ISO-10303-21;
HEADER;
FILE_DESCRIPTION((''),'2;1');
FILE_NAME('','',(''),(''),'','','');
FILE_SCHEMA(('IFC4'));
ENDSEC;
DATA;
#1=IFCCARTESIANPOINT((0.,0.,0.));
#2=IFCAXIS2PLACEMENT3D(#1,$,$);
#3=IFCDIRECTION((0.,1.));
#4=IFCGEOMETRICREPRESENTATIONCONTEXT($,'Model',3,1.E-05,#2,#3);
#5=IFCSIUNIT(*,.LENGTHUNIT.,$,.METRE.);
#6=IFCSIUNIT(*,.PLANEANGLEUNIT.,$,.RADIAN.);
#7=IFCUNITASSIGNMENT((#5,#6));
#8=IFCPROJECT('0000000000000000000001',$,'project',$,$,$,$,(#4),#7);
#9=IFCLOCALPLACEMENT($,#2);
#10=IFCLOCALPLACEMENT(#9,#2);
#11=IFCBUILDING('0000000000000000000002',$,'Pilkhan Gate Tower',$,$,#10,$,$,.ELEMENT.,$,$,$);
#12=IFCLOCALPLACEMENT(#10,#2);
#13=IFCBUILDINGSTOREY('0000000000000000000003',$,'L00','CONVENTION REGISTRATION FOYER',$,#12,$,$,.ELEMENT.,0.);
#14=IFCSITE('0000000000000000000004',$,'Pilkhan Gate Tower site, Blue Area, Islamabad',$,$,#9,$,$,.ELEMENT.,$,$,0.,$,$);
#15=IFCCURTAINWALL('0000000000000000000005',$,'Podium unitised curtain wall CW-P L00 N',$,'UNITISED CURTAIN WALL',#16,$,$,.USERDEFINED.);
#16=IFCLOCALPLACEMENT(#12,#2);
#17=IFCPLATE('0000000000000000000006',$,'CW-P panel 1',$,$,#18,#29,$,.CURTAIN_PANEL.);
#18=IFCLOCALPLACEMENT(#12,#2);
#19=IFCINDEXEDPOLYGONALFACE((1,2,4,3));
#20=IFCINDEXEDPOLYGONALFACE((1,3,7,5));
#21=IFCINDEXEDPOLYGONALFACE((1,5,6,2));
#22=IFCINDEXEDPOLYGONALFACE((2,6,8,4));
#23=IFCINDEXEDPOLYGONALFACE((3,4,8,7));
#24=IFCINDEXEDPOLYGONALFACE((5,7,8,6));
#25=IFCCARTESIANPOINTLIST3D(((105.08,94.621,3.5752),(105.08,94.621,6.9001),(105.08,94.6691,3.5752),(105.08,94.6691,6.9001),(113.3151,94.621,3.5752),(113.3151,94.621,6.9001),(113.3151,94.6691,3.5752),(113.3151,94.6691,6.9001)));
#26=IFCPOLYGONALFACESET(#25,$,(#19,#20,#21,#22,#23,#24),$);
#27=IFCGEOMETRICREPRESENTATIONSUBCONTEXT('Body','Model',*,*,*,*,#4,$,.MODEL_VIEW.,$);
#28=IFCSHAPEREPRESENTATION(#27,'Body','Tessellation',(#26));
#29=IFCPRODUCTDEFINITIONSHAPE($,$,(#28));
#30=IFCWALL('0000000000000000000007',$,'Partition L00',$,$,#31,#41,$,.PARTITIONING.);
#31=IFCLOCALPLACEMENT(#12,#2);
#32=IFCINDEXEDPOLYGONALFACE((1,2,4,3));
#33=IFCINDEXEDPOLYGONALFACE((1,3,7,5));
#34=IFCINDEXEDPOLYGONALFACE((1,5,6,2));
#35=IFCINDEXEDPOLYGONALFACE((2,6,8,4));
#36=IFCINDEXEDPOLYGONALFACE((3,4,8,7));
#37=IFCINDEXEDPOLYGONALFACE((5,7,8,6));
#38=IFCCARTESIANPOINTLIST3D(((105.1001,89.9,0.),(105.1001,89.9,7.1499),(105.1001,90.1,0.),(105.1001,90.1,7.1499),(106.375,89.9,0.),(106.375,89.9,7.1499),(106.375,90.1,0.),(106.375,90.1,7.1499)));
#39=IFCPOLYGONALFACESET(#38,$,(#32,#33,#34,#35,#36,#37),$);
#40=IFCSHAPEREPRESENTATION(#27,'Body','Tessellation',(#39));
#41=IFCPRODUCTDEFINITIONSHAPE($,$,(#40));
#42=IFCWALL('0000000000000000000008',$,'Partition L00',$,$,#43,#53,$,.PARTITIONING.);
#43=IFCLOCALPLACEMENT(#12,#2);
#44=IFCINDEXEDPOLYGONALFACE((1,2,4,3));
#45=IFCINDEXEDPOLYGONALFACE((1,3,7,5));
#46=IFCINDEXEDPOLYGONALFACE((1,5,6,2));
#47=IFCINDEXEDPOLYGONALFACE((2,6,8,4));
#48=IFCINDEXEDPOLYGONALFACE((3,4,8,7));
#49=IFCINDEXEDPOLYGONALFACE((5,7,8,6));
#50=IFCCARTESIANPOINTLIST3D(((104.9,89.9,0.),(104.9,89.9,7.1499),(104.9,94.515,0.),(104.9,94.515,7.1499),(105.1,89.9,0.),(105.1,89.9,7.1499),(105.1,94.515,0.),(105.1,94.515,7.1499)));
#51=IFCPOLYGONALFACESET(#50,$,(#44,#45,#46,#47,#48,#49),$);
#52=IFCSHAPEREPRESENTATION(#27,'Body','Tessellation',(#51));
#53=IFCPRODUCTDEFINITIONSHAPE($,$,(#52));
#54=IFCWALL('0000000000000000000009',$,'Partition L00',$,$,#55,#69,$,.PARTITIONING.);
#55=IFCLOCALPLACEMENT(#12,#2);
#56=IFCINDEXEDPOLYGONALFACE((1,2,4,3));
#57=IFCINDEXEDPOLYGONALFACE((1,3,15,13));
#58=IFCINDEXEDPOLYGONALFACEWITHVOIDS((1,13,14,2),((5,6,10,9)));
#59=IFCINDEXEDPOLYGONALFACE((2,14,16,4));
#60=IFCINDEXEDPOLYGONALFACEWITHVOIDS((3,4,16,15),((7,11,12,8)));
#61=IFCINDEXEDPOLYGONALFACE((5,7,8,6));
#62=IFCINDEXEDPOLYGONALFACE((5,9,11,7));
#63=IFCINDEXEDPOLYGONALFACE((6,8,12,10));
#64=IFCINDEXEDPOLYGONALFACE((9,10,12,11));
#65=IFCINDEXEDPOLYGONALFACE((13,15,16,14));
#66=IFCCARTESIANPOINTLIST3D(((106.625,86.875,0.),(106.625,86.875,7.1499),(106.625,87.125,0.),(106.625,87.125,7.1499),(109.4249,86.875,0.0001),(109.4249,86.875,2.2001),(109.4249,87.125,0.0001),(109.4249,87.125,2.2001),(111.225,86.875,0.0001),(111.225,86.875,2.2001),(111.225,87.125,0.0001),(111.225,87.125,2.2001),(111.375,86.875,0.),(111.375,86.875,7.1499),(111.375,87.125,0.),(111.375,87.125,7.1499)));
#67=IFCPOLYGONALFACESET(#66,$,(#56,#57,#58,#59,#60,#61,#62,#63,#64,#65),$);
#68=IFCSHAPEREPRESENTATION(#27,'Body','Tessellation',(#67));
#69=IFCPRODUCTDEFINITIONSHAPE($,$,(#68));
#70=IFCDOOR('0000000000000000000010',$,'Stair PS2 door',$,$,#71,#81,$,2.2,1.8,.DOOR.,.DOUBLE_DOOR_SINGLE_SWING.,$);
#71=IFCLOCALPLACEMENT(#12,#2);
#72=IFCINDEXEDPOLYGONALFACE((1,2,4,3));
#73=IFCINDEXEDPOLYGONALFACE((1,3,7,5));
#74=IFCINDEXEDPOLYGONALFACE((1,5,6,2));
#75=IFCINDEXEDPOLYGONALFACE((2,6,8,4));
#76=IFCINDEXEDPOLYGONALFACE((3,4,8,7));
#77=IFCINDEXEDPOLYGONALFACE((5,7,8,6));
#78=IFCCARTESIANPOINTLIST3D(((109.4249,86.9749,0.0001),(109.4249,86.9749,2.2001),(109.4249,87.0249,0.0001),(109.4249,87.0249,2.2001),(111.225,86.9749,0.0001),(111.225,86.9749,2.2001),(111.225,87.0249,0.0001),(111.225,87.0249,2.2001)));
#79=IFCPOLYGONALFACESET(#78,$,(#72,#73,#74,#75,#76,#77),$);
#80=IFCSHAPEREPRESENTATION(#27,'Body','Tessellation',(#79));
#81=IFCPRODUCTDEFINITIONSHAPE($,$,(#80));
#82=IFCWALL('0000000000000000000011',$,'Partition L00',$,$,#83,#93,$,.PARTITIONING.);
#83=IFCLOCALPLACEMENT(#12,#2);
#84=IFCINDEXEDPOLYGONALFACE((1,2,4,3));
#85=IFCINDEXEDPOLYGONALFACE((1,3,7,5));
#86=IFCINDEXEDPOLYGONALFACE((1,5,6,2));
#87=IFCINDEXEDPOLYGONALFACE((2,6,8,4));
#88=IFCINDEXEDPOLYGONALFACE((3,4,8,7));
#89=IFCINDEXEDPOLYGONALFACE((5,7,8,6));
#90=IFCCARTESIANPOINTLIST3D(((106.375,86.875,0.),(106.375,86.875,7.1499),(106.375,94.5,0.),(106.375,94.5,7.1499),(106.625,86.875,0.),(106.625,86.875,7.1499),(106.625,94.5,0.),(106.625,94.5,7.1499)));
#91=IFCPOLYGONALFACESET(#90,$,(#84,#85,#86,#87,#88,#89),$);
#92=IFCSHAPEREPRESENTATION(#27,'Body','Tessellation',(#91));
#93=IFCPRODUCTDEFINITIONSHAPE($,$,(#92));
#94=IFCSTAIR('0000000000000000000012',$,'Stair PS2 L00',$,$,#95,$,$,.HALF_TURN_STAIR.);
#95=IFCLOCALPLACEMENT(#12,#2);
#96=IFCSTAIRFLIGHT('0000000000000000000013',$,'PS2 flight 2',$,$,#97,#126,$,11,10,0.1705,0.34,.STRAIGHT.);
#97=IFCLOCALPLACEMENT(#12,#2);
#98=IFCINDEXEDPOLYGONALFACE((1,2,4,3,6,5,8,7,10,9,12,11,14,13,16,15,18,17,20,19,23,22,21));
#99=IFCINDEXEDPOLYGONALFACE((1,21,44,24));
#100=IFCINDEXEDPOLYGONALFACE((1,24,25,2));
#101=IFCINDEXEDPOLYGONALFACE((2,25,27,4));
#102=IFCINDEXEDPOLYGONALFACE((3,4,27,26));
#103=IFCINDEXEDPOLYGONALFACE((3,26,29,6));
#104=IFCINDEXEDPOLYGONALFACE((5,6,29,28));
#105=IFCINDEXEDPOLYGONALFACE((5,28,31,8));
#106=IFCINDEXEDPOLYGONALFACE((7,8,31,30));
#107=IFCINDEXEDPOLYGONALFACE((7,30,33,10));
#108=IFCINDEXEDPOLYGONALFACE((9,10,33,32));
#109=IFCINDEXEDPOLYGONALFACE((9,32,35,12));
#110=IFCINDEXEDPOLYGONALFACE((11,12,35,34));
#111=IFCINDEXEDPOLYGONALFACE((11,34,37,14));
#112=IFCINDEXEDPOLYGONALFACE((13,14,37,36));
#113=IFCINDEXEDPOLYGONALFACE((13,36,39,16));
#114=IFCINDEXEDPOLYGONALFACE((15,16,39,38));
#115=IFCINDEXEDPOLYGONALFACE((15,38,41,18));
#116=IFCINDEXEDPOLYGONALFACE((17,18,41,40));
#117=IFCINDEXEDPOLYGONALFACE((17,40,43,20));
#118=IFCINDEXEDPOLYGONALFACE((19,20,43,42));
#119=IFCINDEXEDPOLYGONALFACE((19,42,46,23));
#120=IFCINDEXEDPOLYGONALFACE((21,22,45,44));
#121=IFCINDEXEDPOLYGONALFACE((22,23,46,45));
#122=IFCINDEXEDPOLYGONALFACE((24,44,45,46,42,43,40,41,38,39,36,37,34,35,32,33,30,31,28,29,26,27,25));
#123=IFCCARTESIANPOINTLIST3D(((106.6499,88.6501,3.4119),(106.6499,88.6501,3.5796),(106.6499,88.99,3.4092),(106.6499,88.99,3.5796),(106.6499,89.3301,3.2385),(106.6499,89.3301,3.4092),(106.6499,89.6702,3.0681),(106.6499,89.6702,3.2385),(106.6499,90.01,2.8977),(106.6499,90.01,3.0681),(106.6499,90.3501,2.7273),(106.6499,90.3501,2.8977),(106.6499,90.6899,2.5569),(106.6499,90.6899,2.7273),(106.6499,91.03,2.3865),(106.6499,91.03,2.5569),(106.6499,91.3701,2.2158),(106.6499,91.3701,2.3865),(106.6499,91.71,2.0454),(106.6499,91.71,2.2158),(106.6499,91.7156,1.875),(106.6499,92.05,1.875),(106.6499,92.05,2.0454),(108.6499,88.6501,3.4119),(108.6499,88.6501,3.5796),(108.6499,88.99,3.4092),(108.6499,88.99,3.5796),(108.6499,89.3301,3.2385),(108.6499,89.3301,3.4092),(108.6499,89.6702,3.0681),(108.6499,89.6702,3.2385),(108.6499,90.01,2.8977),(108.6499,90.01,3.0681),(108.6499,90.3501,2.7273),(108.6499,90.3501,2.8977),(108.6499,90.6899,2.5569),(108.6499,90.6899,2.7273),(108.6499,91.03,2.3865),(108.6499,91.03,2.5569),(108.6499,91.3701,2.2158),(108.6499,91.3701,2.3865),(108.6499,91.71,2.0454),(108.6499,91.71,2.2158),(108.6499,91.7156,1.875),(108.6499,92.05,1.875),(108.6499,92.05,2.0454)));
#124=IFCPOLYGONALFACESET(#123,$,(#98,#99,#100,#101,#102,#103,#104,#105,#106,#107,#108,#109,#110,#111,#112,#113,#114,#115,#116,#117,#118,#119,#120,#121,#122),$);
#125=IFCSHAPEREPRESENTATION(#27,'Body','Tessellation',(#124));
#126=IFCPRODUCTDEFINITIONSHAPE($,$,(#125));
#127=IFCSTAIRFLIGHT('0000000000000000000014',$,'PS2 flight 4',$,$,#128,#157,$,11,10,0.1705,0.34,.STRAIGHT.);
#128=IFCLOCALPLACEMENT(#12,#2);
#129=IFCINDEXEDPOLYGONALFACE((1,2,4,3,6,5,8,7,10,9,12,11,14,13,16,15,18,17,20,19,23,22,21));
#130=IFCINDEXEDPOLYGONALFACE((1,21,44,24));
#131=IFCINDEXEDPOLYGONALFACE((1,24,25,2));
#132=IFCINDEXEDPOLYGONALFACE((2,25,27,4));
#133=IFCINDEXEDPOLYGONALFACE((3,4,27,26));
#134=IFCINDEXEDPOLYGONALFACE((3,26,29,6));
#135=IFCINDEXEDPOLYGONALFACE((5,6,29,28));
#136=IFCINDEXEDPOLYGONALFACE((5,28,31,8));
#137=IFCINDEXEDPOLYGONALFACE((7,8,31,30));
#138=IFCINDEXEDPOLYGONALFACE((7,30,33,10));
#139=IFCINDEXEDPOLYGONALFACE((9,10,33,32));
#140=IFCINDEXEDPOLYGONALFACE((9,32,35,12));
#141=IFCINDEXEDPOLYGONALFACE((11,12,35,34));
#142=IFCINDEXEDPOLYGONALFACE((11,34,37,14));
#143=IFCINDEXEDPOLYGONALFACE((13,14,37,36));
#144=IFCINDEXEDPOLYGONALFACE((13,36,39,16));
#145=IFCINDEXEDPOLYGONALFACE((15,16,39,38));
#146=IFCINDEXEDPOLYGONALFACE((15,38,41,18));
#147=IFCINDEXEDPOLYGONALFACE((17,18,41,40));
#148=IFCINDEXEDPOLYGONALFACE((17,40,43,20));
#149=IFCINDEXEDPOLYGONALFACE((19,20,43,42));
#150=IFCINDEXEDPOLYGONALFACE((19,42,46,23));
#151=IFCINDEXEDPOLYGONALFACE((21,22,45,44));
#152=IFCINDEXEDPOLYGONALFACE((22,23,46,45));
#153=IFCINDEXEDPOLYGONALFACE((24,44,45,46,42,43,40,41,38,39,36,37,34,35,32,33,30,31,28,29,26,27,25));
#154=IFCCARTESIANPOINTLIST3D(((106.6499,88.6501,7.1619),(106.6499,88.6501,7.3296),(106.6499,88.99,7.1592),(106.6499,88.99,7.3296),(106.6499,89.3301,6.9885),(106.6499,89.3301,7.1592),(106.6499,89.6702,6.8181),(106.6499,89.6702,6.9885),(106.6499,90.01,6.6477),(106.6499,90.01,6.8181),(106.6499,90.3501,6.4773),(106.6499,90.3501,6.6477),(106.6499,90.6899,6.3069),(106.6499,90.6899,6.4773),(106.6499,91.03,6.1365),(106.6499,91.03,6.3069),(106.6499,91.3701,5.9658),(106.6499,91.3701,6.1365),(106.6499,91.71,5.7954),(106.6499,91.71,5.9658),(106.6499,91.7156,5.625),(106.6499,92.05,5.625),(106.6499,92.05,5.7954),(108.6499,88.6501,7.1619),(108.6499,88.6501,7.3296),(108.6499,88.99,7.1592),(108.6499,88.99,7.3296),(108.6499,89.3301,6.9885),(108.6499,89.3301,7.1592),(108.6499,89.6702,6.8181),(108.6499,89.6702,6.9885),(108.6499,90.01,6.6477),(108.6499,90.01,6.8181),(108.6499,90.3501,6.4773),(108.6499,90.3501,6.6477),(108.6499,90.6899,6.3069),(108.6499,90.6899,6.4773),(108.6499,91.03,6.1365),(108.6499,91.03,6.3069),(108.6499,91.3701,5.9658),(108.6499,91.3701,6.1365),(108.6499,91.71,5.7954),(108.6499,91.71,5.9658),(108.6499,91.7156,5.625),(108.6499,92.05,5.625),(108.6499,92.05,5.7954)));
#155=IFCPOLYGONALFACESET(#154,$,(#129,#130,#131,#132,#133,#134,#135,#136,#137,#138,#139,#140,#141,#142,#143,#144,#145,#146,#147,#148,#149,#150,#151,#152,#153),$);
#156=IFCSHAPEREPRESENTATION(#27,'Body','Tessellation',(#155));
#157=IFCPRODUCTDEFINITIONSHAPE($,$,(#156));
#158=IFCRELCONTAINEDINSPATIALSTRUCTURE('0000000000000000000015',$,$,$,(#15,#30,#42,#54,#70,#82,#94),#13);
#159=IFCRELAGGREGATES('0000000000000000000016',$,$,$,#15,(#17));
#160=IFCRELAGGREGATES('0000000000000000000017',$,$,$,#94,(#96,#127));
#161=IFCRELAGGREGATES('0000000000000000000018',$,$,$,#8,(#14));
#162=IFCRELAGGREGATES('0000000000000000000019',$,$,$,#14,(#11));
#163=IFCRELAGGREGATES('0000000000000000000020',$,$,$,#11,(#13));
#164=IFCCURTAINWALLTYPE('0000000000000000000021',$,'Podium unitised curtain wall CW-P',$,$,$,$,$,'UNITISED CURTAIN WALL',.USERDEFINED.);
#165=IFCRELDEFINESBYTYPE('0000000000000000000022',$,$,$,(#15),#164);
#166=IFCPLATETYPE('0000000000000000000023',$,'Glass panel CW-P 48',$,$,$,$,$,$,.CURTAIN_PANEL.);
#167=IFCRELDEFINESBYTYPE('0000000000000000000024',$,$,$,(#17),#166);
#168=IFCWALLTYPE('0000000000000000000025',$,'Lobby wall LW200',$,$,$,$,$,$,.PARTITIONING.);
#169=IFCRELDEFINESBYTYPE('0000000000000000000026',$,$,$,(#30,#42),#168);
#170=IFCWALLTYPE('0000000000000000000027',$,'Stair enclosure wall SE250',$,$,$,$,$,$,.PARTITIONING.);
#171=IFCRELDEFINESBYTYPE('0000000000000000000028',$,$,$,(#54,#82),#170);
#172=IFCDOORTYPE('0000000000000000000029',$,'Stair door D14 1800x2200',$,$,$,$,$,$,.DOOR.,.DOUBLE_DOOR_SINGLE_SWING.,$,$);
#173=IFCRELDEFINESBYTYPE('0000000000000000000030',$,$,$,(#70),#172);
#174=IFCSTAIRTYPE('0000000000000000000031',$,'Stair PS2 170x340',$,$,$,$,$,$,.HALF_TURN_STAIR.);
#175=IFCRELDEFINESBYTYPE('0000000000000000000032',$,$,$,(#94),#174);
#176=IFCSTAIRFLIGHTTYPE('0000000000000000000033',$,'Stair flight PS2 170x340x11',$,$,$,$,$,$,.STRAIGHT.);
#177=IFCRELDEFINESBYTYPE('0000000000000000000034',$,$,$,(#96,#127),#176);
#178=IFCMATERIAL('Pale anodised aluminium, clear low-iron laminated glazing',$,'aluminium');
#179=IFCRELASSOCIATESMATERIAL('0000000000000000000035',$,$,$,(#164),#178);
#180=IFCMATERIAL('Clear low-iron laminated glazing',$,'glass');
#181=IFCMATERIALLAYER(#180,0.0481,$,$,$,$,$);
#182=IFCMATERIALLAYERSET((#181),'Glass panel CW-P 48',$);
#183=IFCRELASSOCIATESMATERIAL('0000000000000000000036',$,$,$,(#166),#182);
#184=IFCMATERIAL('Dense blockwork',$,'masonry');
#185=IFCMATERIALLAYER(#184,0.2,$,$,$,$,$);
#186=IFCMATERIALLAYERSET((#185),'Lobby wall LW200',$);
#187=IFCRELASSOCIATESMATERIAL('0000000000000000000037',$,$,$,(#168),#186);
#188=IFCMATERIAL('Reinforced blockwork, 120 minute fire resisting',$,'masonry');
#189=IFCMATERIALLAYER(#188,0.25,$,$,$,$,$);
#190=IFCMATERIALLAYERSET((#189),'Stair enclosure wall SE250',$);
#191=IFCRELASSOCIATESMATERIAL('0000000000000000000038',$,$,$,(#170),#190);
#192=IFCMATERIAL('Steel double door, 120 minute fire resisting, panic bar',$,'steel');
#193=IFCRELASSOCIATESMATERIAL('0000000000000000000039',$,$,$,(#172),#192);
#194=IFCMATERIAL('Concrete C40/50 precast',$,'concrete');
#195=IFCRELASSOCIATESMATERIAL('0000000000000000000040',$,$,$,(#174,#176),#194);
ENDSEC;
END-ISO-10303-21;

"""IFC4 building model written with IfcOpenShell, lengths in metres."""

from ifc_helpers import new_model, si_unit, direction, frame, frame_2d, origin, origin_2d, place, context, subcontext, project, spatial, polyline, rectangle, outline, extrude, material, layer, layer_set, type_object, element, fill, aggregate, save


model = new_model("IFC4")

# Units and contexts
model_context = context("Model", 3, precision=1e-05, world=origin(), true_north=direction((0.0, 1.0)))
body_context = subcontext(model_context, "Body", "Model", "MODEL_VIEW")
ifc_project = project(units=[si_unit("LENGTHUNIT", "METRE"), si_unit("PLANEANGLEUNIT", "RADIAN")], contexts=[model_context])

# Site, building, storey
site_placement = place(None, origin())
site = spatial("IfcSite", under=ifc_project, at=site_placement, Name="Pilkhan Gate Tower site, Blue Area, Islamabad", CompositionType="ELEMENT", RefElevation=0.0)
building_placement = place(site_placement, origin())
building = spatial("IfcBuilding", under=site, at=building_placement, Name="Pilkhan Gate Tower", CompositionType="ELEMENT")
storey_placement = place(building_placement, origin())
storey = spatial("IfcBuildingStorey", under=building, at=storey_placement, Name="L00", Description="CONVENTION REGISTRATION FOYER", CompositionType="ELEMENT", Elevation=0.0)

# Curtain wall
ifc_material_1 = material(Name="Pale anodised aluminium, clear low-iron laminated glazing", Category="aluminium")
curtain_wall_type = type_object("IfcCurtainWallType", Name="Podium unitised curtain wall CW-P", ElementType="UNITISED CURTAIN WALL", PredefinedType="USERDEFINED", material=ifc_material_1)
curtain_wall_1_placement = place(storey_placement, origin())
curtain_wall_1 = element("IfcCurtainWall", 1, at=curtain_wall_1_placement, inside=storey, type_object=curtain_wall_type, Name="Podium unitised curtain wall CW-P L00 N", ObjectType="UNITISED CURTAIN WALL", PredefinedType="USERDEFINED")

# Plate
ifc_material_2 = material(Name="Clear low-iron laminated glazing", Category="glass")
ifc_layer_1 = layer(ifc_material_2, 0.0481)
ifc_layer_set_1 = layer_set([ifc_layer_1], Name="Glass panel CW-P 48")
plate_type = type_object("IfcPlateType", Name="Glass panel CW-P 48", PredefinedType="CURTAIN_PANEL", material=ifc_layer_set_1)
plate_1_placement = place(storey_placement, frame((109.1975, 94.645, 3.5752), z_axis=(0.0, 0.0, 1.0), x_axis=(1.0, 0.0, 0.0)))
plate_1 = element("IfcPlate", 2, at=plate_1_placement, type_object=plate_type, Name="CW-P panel 1", PredefinedType="CURTAIN_PANEL", context=body_context, shape_type="SweptSolid", body=[
    extrude(rectangle(XDim=8.2351, YDim=0.0481, at=origin_2d()), origin(), (0.0, 0.0, 1.0), 3.325),
])
aggregate(curtain_wall_1, [plate_1])

# Walls
ifc_material_3 = material(Name="Dense blockwork", Category="masonry")
ifc_layer_2 = layer(ifc_material_3, 0.2)
ifc_layer_set_2 = layer_set([ifc_layer_2], Name="Lobby wall LW200")
wall_type_1 = type_object("IfcWallType", Name="Lobby wall LW200", PredefinedType="PARTITIONING", material=ifc_layer_set_2)
wall_1_placement = place(storey_placement, frame((105.1001, 90.0, 0.0), z_axis=(0.0, 0.0, 1.0), x_axis=(1.0, 0.0, 0.0)))
element("IfcWall", 3, at=wall_1_placement, inside=storey, type_object=wall_type_1, Name="Partition L00", PredefinedType="PARTITIONING", context=body_context, shape_type="SweptSolid", body=[
    extrude(rectangle(XDim=1.2749, YDim=0.2, at=frame_2d((0.6375, 0.0))), origin(), (0.0, 0.0, 1.0), 7.1499),
])
wall_2_placement = place(storey_placement, frame((105.0, 89.8999, 0.0), z_axis=(0.0, 0.0, 1.0), x_axis=(0.0, 1.0, 0.0)))
element("IfcWall", 4, at=wall_2_placement, inside=storey, type_object=wall_type_1, Name="Partition L00", PredefinedType="PARTITIONING", context=body_context, shape_type="SweptSolid", body=[
    extrude(rectangle(XDim=4.615, YDim=0.2, at=frame_2d((2.3076, 0.0))), origin(), (0.0, 0.0, 1.0), 7.1499),
])

# Wall, opening, door
ifc_material_4 = material(Name="Reinforced blockwork, 120 minute fire resisting", Category="masonry")
ifc_layer_3 = layer(ifc_material_4, 0.25)
ifc_layer_set_3 = layer_set([ifc_layer_3], Name="Stair enclosure wall SE250")
wall_type_2 = type_object("IfcWallType", Name="Stair enclosure wall SE250", PredefinedType="PARTITIONING", material=ifc_layer_set_3)
wall_3_placement = place(storey_placement, frame((106.625, 87.0, 0.0), z_axis=(0.0, 0.0, 1.0), x_axis=(1.0, 0.0, 0.0)))
wall_3 = element("IfcWall", 5, at=wall_3_placement, inside=storey, type_object=wall_type_2, Name="Partition L00", PredefinedType="PARTITIONING", context=body_context, shape_type="SweptSolid", body=[
    extrude(rectangle(XDim=4.75, YDim=0.25, at=frame_2d((2.375, 0.0))), origin(), (0.0, 0.0, 1.0), 7.1499),
])
opening_placement = place(wall_3_placement, frame((2.8, 0.0, 0.0)))
opening = element("IfcOpeningElement", 6, at=opening_placement, cuts=wall_3, PredefinedType="OPENING", context=body_context, shape_type="SweptSolid", body=[
    extrude(rectangle(XDim=1.8, YDim=2.2, at=frame_2d((0.8999, 1.1001))), frame((0.0, 0.135, 0.0), z_axis=(0.0, -1.0, 0.0), x_axis=(1.0, 0.0, 0.0)), (0.0, 0.0, 1.0), 0.27),
])
ifc_material_5 = material(Name="Steel double door, 120 minute fire resisting, panic bar", Category="steel")
door_type = type_object("IfcDoorType", Name="Stair door D14 1800x2200", OperationType="DOUBLE_DOOR_SINGLE_SWING", PredefinedType="DOOR", material=ifc_material_5)
door_placement = place(opening_placement, origin())
door = element("IfcDoor", 7, at=door_placement, inside=storey, type_object=door_type, Name="Stair PS2 door", OperationType="DOUBLE_DOOR_SINGLE_SWING", OverallHeight=2.2, OverallWidth=1.8, PredefinedType="DOOR", context=body_context, shape_type="SweptSolid", body=[
    extrude(rectangle(XDim=1.8, YDim=2.2, at=frame_2d((0.8999, 1.1001))), frame((0.0, 0.0249, 0.0), z_axis=(0.0, -1.0, 0.0), x_axis=(1.0, 0.0, 0.0)), (0.0, 0.0, 1.0), 0.05),
])
fill(opening, door)

# Wall
wall_4_placement = place(storey_placement, frame((106.5, 86.875, 0.0), z_axis=(0.0, 0.0, 1.0), x_axis=(0.0, 1.0, 0.0)))
element("IfcWall", 8, at=wall_4_placement, inside=storey, type_object=wall_type_2, Name="Partition L00", PredefinedType="PARTITIONING", context=body_context, shape_type="SweptSolid", body=[
    extrude(rectangle(XDim=7.625, YDim=0.25, at=frame_2d((3.8125, 0.0))), origin(), (0.0, 0.0, 1.0), 7.1499),
])

# Stair, stair flights
ifc_material_6 = material(Name="Concrete C40/50 precast", Category="concrete")
stair_type = type_object("IfcStairType", Name="Stair PS2 170x340", PredefinedType="HALF_TURN_STAIR", material=ifc_material_6)
stair_placement = place(storey_placement, origin())
stair = element("IfcStair", 9, at=stair_placement, inside=storey, type_object=stair_type, Name="Stair PS2 L00", PredefinedType="HALF_TURN_STAIR")
stair_flight_type = type_object("IfcStairFlightType", Name="Stair flight PS2 170x340x11", PredefinedType="STRAIGHT", material=ifc_material_6)
stair_flight_1_placement = place(storey_placement, frame((107.6499, 92.05, 1.875), z_axis=(0.0, 0.0, 1.0), x_axis=(0.0, -1.0, 0.0)))
stair_flight_1 = element("IfcStairFlight", 10, at=stair_flight_1_placement, type_object=stair_flight_type, Name="PS2 flight 2", NumberOfRisers=11, NumberOfTreads=10, PredefinedType="STRAIGHT", RiserHeight=0.1705, TreadLength=0.34, context=body_context, shape_type="SweptSolid", body=[
    extrude(outline(polyline([(0.0, 0.0), (0.0, 0.1704), (0.3401, 0.1704), (0.3401, 0.3408), (0.6799, 0.3408), (0.6799, 0.5115), (1.02, 0.5115), (1.02, 0.6819), (1.3601, 0.6819), (1.3601, 0.8523), (1.7, 0.8523), (1.7, 1.0227), (2.04, 1.0227), (2.04, 1.1931), (2.3799, 1.1931), (2.3799, 1.3635), (2.72, 1.3635), (2.72, 1.5342), (3.0601, 1.5342), (3.0601, 1.7046), (3.3999, 1.7046), (3.3999, 1.875), (3.3999, 1.5369), (0.3345, 0.0), (0.0, 0.0)])), frame((0.0, 1.0, 0.0), z_axis=(0.0, -1.0, 0.0), x_axis=(1.0, 0.0, 0.0)), (0.0, 0.0, 1.0), 2.0),
])
stair_flight_2_placement = place(storey_placement, frame((107.6499, 92.05, 5.625), z_axis=(0.0, 0.0, 1.0), x_axis=(0.0, -1.0, 0.0)))
stair_flight_2 = element("IfcStairFlight", 11, at=stair_flight_2_placement, type_object=stair_flight_type, Name="PS2 flight 4", NumberOfRisers=11, NumberOfTreads=10, PredefinedType="STRAIGHT", RiserHeight=0.1705, TreadLength=0.34, context=body_context, shape_type="SweptSolid", body=[
    extrude(outline(polyline([(0.0, 0.0), (0.0, 0.1704), (0.3401, 0.1704), (0.3401, 0.3408), (0.6799, 0.3408), (0.6799, 0.5115), (1.02, 0.5115), (1.02, 0.6819), (1.3601, 0.6819), (1.3601, 0.8523), (1.7, 0.8523), (1.7, 1.0227), (2.04, 1.0227), (2.04, 1.1931), (2.3799, 1.1931), (2.3799, 1.3635), (2.72, 1.3635), (2.72, 1.5342), (3.0601, 1.5342), (3.0601, 1.7046), (3.3999, 1.7046), (3.3999, 1.875), (3.3999, 1.5369), (0.3345, 0.0), (0.0, 0.0)])), frame((0.0, 1.0, 0.0), z_axis=(0.0, -1.0, 0.0), x_axis=(1.0, 0.0, 0.0)), (0.0, 0.0, 1.0), 2.0),
])
aggregate(stair, [stair_flight_1, stair_flight_2])

save(model, "model.ifc")
